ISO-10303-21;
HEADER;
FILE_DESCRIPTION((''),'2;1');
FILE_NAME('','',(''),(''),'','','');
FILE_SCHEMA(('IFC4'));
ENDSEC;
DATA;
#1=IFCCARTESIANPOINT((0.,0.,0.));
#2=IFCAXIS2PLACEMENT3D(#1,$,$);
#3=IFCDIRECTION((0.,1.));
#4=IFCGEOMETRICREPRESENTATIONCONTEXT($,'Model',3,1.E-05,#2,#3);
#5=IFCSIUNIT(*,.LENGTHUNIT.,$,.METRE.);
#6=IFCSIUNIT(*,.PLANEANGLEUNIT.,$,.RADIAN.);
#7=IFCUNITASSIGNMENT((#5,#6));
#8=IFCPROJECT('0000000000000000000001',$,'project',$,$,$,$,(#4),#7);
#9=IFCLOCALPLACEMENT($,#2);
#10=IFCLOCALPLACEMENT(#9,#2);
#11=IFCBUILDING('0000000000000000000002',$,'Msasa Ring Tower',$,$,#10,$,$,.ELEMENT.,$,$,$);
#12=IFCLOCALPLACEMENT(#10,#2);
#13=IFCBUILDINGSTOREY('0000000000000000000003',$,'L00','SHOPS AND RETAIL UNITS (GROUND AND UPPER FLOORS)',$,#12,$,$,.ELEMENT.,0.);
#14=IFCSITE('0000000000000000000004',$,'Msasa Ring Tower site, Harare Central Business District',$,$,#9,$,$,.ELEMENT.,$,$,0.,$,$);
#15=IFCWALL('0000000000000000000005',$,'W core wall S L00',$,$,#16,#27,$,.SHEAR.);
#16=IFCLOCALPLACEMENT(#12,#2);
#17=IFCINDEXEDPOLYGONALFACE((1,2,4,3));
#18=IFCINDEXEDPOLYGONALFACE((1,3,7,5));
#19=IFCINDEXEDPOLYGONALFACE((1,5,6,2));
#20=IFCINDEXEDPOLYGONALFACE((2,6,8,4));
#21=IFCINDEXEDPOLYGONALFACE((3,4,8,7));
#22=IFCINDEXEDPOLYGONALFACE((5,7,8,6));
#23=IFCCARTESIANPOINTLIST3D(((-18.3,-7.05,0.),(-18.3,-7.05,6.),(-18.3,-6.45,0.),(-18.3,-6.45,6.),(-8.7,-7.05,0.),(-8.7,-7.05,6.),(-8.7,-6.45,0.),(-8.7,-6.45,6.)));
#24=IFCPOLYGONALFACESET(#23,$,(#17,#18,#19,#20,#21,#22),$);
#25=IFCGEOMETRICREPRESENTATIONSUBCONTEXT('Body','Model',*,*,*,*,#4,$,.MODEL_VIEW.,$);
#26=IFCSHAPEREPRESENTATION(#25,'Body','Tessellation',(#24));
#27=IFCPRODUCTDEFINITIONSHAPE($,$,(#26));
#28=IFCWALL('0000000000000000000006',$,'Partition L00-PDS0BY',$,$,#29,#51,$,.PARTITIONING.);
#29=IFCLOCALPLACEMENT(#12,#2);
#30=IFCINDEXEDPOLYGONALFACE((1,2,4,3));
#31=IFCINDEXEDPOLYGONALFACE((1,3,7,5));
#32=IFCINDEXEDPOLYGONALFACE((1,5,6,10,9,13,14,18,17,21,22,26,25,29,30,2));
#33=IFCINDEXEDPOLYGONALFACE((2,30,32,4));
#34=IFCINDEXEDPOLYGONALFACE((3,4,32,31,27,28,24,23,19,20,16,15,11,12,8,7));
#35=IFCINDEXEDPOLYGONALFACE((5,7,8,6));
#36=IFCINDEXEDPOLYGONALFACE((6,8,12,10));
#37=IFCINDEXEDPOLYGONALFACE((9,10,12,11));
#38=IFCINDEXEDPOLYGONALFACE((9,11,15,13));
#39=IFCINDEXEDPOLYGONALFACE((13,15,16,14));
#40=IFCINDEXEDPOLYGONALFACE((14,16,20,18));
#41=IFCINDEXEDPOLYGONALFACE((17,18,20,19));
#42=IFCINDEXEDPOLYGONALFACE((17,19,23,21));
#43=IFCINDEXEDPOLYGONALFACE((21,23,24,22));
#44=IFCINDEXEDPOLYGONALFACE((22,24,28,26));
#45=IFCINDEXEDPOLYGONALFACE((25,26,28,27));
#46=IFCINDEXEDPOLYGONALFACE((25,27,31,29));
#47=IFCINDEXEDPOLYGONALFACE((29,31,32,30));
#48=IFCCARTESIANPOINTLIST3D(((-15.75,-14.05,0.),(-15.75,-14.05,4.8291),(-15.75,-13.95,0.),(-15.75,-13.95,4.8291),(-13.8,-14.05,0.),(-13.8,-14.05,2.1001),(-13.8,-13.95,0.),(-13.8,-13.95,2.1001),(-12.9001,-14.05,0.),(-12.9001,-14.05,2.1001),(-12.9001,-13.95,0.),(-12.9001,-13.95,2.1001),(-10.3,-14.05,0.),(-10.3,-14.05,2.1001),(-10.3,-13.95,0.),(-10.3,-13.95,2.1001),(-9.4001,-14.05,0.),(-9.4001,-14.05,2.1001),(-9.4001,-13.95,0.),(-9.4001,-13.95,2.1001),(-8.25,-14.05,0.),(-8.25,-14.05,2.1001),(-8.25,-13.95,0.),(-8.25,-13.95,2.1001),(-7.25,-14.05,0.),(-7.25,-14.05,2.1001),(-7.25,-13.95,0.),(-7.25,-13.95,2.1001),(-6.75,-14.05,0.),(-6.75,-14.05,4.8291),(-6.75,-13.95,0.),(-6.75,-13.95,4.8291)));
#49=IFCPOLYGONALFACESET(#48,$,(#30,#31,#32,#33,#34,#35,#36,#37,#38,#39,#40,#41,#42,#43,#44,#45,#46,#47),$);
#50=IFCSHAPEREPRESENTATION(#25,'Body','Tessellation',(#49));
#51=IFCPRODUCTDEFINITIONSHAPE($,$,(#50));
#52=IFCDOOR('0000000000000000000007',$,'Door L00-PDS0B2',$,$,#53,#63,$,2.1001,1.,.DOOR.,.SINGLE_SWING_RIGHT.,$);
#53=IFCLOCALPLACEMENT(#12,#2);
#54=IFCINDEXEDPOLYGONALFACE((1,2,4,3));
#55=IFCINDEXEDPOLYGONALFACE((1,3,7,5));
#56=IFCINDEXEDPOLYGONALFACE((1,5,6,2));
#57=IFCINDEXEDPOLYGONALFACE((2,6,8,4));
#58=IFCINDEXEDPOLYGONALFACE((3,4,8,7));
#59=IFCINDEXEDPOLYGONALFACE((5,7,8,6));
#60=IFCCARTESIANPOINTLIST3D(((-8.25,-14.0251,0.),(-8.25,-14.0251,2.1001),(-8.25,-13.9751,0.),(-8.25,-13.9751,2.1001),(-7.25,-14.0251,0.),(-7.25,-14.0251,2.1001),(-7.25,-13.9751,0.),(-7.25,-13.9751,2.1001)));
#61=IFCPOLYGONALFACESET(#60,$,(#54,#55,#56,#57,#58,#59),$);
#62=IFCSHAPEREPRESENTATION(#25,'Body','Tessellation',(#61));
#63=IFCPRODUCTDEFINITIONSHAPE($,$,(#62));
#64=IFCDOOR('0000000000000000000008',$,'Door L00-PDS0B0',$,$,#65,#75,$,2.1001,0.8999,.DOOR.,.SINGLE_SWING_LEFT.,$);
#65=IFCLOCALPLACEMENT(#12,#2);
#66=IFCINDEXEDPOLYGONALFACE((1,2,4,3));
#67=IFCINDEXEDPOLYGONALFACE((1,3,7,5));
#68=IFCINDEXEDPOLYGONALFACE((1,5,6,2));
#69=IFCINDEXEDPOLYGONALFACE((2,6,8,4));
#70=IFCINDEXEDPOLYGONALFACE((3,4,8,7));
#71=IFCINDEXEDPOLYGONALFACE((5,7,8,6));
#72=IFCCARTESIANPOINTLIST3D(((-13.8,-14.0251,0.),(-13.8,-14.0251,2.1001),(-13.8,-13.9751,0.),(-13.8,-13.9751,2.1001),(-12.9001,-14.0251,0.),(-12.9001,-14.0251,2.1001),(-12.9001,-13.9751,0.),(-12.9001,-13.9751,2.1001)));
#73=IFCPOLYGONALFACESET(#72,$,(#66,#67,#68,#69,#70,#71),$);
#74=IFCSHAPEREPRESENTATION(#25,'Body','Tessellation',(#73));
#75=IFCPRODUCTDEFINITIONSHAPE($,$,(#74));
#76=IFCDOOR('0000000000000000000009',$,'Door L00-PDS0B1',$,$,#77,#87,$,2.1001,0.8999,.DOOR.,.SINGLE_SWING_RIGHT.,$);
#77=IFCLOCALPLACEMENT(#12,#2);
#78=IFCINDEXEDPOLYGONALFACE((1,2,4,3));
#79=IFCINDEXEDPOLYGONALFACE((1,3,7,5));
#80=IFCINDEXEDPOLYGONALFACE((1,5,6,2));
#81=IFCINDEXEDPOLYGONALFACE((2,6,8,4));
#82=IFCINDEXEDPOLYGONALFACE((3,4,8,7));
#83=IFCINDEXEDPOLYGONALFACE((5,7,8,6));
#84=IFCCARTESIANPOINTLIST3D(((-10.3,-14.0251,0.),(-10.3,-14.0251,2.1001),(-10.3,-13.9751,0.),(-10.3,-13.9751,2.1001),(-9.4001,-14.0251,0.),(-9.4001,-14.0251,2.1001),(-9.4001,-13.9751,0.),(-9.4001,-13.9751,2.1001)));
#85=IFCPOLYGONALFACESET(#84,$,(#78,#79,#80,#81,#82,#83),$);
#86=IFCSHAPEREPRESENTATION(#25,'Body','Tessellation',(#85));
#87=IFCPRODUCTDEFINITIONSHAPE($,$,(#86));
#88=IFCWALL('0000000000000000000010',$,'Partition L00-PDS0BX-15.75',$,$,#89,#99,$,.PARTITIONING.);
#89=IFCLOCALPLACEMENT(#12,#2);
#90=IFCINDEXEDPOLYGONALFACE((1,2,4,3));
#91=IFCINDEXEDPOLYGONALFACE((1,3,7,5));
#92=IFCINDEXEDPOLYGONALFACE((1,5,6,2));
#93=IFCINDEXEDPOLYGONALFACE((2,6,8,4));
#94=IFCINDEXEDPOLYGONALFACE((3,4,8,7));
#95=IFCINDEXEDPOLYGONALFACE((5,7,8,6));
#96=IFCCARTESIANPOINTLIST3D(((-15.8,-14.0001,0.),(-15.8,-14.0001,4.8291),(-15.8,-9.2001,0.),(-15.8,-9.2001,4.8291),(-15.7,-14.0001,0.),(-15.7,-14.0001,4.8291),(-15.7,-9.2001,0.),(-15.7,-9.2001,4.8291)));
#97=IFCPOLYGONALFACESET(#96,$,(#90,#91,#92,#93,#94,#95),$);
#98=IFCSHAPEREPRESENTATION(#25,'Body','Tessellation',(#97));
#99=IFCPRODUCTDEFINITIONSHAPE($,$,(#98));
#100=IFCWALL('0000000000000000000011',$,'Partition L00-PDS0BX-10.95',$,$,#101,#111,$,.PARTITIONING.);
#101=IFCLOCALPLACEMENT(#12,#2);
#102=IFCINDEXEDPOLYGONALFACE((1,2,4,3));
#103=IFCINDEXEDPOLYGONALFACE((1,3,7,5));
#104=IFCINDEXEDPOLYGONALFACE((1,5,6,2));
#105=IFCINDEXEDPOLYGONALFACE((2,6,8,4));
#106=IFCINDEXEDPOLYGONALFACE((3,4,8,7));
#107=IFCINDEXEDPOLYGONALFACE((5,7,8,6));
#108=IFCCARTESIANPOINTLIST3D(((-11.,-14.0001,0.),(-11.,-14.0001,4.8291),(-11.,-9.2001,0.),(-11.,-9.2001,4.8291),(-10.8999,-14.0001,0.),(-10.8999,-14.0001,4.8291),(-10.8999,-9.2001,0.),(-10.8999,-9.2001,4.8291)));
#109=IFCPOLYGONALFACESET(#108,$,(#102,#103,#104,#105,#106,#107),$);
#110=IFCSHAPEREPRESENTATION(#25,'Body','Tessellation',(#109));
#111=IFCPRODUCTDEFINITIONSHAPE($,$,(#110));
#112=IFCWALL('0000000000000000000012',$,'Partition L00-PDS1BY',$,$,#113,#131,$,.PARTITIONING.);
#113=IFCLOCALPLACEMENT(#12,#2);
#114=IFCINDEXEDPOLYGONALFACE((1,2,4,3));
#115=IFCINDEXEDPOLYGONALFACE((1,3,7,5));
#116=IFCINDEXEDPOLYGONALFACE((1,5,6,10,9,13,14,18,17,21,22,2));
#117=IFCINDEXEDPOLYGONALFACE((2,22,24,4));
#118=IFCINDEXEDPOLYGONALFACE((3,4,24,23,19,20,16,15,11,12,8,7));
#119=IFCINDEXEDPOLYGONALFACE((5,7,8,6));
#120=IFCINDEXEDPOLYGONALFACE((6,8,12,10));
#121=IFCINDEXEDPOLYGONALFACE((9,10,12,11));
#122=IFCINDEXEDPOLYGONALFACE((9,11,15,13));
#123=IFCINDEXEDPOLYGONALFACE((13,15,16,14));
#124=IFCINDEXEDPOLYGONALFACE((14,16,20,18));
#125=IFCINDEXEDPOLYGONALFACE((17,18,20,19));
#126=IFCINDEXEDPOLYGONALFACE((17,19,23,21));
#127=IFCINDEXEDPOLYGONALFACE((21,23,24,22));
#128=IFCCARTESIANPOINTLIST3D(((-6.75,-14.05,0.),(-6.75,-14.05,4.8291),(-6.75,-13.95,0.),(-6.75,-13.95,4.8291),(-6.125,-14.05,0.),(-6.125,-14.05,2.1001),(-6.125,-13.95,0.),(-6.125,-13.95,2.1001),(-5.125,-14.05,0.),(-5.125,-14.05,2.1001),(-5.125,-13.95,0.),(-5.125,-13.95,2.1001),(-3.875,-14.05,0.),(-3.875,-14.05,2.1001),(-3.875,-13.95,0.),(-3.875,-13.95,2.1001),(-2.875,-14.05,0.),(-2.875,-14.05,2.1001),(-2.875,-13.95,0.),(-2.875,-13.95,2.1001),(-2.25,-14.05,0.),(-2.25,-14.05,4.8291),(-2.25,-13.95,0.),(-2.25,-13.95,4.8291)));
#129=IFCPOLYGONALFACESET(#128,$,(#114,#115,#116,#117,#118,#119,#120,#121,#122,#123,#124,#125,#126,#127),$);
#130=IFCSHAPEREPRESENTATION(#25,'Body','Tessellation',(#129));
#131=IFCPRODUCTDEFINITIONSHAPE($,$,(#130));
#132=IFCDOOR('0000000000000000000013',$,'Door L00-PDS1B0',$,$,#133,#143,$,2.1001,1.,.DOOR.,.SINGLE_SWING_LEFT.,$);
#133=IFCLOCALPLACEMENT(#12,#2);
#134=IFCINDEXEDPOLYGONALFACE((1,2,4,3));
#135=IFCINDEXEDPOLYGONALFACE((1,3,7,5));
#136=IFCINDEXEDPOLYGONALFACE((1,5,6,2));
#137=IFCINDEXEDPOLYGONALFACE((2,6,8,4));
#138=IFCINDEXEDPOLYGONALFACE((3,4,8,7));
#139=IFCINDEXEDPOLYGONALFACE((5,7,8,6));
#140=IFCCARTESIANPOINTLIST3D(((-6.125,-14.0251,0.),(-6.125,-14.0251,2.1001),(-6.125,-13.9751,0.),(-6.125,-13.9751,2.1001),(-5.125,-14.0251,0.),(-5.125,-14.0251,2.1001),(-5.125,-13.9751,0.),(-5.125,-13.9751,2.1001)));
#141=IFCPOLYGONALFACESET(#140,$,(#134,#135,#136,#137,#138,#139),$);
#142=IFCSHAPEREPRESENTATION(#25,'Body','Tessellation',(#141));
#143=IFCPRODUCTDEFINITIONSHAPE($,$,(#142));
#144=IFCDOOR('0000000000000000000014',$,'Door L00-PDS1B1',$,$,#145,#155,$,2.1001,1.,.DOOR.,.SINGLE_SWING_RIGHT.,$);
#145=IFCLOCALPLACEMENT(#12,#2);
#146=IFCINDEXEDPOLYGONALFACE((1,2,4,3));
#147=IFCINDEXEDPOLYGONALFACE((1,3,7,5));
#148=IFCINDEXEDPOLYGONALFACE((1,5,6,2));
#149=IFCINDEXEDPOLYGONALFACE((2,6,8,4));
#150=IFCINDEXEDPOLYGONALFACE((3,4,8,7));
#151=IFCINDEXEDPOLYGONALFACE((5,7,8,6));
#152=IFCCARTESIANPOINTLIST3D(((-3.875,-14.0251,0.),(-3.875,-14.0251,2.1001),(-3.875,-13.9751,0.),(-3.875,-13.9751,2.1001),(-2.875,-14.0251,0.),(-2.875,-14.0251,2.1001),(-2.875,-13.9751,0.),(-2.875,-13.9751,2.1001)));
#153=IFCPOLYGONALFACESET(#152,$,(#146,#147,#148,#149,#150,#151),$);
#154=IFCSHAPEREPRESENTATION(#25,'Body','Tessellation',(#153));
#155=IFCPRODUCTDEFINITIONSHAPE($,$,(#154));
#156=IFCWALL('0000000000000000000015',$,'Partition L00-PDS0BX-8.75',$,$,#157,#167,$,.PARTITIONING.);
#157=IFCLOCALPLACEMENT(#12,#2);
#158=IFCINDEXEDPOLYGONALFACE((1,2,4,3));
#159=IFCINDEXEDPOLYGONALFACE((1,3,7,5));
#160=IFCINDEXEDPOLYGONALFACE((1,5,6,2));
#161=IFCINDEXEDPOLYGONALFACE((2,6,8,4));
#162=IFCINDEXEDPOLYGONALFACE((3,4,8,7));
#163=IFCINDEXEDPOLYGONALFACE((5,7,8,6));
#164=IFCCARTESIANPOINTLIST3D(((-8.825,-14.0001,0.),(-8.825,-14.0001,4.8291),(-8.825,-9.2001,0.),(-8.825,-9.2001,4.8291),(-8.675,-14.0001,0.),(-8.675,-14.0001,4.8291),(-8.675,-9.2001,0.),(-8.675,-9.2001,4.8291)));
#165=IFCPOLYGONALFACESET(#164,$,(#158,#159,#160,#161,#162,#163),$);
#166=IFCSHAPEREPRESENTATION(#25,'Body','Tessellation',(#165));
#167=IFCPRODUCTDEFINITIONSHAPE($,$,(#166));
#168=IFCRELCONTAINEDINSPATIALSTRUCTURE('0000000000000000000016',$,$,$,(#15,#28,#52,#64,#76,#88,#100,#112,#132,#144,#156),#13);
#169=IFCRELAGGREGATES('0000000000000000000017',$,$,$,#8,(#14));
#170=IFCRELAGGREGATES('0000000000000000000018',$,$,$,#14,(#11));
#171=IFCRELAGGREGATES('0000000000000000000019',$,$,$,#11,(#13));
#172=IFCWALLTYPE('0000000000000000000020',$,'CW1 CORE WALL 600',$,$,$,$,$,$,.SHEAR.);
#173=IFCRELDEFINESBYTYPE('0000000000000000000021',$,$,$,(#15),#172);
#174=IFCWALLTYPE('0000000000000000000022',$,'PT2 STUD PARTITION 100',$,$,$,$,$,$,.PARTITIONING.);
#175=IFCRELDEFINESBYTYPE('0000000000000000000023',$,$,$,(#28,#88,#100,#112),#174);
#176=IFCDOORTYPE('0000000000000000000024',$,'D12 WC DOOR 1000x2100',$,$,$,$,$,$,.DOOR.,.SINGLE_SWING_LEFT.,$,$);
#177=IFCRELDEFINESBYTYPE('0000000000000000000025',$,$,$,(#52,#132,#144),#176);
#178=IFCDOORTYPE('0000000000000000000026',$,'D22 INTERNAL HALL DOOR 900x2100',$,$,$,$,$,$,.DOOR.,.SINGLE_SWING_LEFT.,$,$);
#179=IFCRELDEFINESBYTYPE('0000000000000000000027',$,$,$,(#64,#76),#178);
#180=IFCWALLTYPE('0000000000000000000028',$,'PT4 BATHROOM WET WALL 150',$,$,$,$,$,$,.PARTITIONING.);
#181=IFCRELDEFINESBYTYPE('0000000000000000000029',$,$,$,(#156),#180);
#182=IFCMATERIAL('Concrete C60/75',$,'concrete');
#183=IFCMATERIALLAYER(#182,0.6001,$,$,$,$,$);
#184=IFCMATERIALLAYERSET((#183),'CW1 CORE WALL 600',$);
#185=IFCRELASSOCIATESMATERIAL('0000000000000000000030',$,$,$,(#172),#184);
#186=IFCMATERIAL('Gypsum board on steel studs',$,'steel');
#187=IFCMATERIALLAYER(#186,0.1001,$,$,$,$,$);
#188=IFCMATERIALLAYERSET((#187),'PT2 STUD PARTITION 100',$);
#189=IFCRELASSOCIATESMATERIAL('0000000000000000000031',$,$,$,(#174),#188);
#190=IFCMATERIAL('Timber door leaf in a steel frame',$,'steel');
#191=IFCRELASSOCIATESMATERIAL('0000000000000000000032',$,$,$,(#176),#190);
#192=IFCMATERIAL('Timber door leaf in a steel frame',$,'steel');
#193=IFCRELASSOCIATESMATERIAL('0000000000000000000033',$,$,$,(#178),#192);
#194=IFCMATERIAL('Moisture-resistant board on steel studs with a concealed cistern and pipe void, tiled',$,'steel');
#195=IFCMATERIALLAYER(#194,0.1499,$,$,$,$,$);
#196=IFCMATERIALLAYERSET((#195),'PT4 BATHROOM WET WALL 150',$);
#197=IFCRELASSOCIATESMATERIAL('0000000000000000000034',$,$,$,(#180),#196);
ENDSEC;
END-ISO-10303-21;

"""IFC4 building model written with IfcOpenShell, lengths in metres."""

from ifc_helpers import new_model, si_unit, direction, frame, frame_2d, origin, place, context, subcontext, project, spatial, rectangle, extrude, material, layer, layer_set, type_object, element, fill, save


model = new_model("IFC4")

# Units and contexts
model_context = context("Model", 3, precision=1e-05, world=origin(), true_north=direction((0.0, 1.0)))
body_context = subcontext(model_context, "Body", "Model", "MODEL_VIEW")
ifc_project = project(units=[si_unit("LENGTHUNIT", "METRE"), si_unit("PLANEANGLEUNIT", "RADIAN")], contexts=[model_context])

# Site, building, storey
site_placement = place(None, origin())
site = spatial("IfcSite", under=ifc_project, at=site_placement, Name="Msasa Ring Tower site, Harare Central Business District", CompositionType="ELEMENT", RefElevation=0.0)
building_placement = place(site_placement, origin())
building = spatial("IfcBuilding", under=site, at=building_placement, Name="Msasa Ring Tower", CompositionType="ELEMENT")
storey_placement = place(building_placement, origin())
storey = spatial("IfcBuildingStorey", under=building, at=storey_placement, Name="L00", Description="SHOPS AND RETAIL UNITS (GROUND AND UPPER FLOORS)", CompositionType="ELEMENT", Elevation=0.0)

# Wall
ifc_material_1 = material(Name="Concrete C60/75", Category="concrete")
ifc_layer_1 = layer(ifc_material_1, 0.6001)
ifc_layer_set_1 = layer_set([ifc_layer_1], Name="CW1 CORE WALL 600")
wall_type_1 = type_object("IfcWallType", Name="CW1 CORE WALL 600", PredefinedType="SHEAR", material=ifc_layer_set_1)
wall_1_placement = place(storey_placement, frame((-8.7, -6.75, 0.0), z_axis=(0.0, 0.0, 1.0), x_axis=(-1.0, 0.0, 0.0)))
element("IfcWall", 1, at=wall_1_placement, inside=storey, type_object=wall_type_1, Name="W core wall S L00", PredefinedType="SHEAR", context=body_context, shape_type="SweptSolid", body=[
    extrude(rectangle(XDim=9.6001, YDim=0.6001, at=frame_2d((4.8, 0.0))), origin(), (0.0, 0.0, 1.0), 6.0),
])

# Wall, openings, doors
ifc_material_2 = material(Name="Gypsum board on steel studs", Category="steel")
ifc_layer_2 = layer(ifc_material_2, 0.1001)
ifc_layer_set_2 = layer_set([ifc_layer_2], Name="PT2 STUD PARTITION 100")
wall_type_2 = type_object("IfcWallType", Name="PT2 STUD PARTITION 100", PredefinedType="PARTITIONING", material=ifc_layer_set_2)
wall_2_placement = place(storey_placement, frame((-15.75, -14.0, 0.0), z_axis=(0.0, 0.0, 1.0), x_axis=(1.0, 0.0, 0.0)))
wall_2 = element("IfcWall", 2, at=wall_2_placement, inside=storey, type_object=wall_type_2, Name="Partition L00-PDS0BY", PredefinedType="PARTITIONING", context=body_context, shape_type="SweptSolid", body=[
    extrude(rectangle(XDim=9.0, YDim=0.1001, at=frame_2d((4.5, 0.0))), origin(), (0.0, 0.0, 1.0), 4.8291),
])
opening_1_placement = place(wall_2_placement, frame((1.95, 0.0, 0.0)))
opening_1 = element("IfcOpeningElement", 3, at=opening_1_placement, cuts=wall_2, PredefinedType="OPENING", context=body_context, shape_type="SweptSolid", body=[
    extrude(rectangle(XDim=0.8999, YDim=2.1001, at=frame_2d((0.45, 1.05))), frame((0.0, 0.0601, 0.0), z_axis=(0.0, -1.0, 0.0), x_axis=(1.0, 0.0, 0.0)), (0.0, 0.0, 1.0), 0.1201),
])
opening_2_placement = place(wall_2_placement, frame((5.45, 0.0, 0.0)))
opening_2 = element("IfcOpeningElement", 4, at=opening_2_placement, cuts=wall_2, PredefinedType="OPENING", context=body_context, shape_type="SweptSolid", body=[
    extrude(rectangle(XDim=0.8999, YDim=2.1001, at=frame_2d((0.45, 1.05))), frame((0.0, 0.0601, 0.0), z_axis=(0.0, -1.0, 0.0), x_axis=(1.0, 0.0, 0.0)), (0.0, 0.0, 1.0), 0.1201),
])
opening_3_placement = place(wall_2_placement, frame((7.5, 0.0, 0.0)))
opening_3 = element("IfcOpeningElement", 5, at=opening_3_placement, cuts=wall_2, PredefinedType="OPENING", context=body_context, shape_type="SweptSolid", body=[
    extrude(rectangle(XDim=1.0, YDim=2.1001, at=frame_2d((0.5, 1.05))), frame((0.0, 0.0601, 0.0), z_axis=(0.0, -1.0, 0.0), x_axis=(1.0, 0.0, 0.0)), (0.0, 0.0, 1.0), 0.1201),
])
ifc_material_3 = material(Name="Timber door leaf in a steel frame", Category="steel")
door_type_1 = type_object("IfcDoorType", Name="D12 WC DOOR 1000x2100", OperationType="SINGLE_SWING_LEFT", PredefinedType="DOOR", material=ifc_material_3)
door_1_placement = place(opening_3_placement, origin())
door_1 = element("IfcDoor", 6, at=door_1_placement, inside=storey, type_object=door_type_1, Name="Door L00-PDS0B2", OperationType="SINGLE_SWING_RIGHT", OverallHeight=2.1001, OverallWidth=1.0, PredefinedType="DOOR", context=body_context, shape_type="SweptSolid", body=[
    extrude(rectangle(XDim=1.0, YDim=2.1001, at=frame_2d((0.5, 1.05))), frame((0.0, 0.0249, 0.0), z_axis=(0.0, -1.0, 0.0), x_axis=(1.0, 0.0, 0.0)), (0.0, 0.0, 1.0), 0.05),
])
fill(opening_3, door_1)
ifc_material_4 = material(Name="Timber door leaf in a steel frame", Category="steel")
door_type_2 = type_object("IfcDoorType", Name="D22 INTERNAL HALL DOOR 900x2100", OperationType="SINGLE_SWING_LEFT", PredefinedType="DOOR", material=ifc_material_4)
door_2_placement = place(opening_1_placement, origin())
door_2 = element("IfcDoor", 7, at=door_2_placement, inside=storey, type_object=door_type_2, Name="Door L00-PDS0B0", OperationType="SINGLE_SWING_LEFT", OverallHeight=2.1001, OverallWidth=0.8999, PredefinedType="DOOR", context=body_context, shape_type="SweptSolid", body=[
    extrude(rectangle(XDim=0.8999, YDim=2.1001, at=frame_2d((0.45, 1.05))), frame((0.0, 0.0249, 0.0), z_axis=(0.0, -1.0, 0.0), x_axis=(1.0, 0.0, 0.0)), (0.0, 0.0, 1.0), 0.05),
])
fill(opening_1, door_2)
door_3_placement = place(opening_2_placement, origin())
door_3 = element("IfcDoor", 8, at=door_3_placement, inside=storey, type_object=door_type_2, Name="Door L00-PDS0B1", OperationType="SINGLE_SWING_RIGHT", OverallHeight=2.1001, OverallWidth=0.8999, PredefinedType="DOOR", context=body_context, shape_type="SweptSolid", body=[
    extrude(rectangle(XDim=0.8999, YDim=2.1001, at=frame_2d((0.45, 1.05))), frame((0.0, 0.0249, 0.0), z_axis=(0.0, -1.0, 0.0), x_axis=(1.0, 0.0, 0.0)), (0.0, 0.0, 1.0), 0.05),
])
fill(opening_2, door_3)

# Walls
for number, where, z_axis, x_axis, name in (
    (9, (-15.75, -14.0, 0.0), (0.0, 0.0, 1.0), (0.0, 1.0, 0.0), "Partition L00-PDS0BX-15.75"),
    (10, (-10.95, -14.0, 0.0), (0.0, 0.0, 1.0), (0.0, 1.0, 0.0), "Partition L00-PDS0BX-10.95"),
):
    element("IfcWall", number, at=place(storey_placement, frame(where, z_axis=z_axis, x_axis=x_axis)), inside=storey, type_object=wall_type_2, Name=name, PredefinedType="PARTITIONING", context=body_context, shape_type="SweptSolid", body=[
        extrude(rectangle(XDim=4.8, YDim=0.1001, at=frame_2d((2.3999, 0.0))), origin(), (0.0, 0.0, 1.0), 4.8291),
    ])

# Wall, openings, doors
wall_3_placement = place(storey_placement, frame((-6.75, -14.0, 0.0), z_axis=(0.0, 0.0, 1.0), x_axis=(1.0, 0.0, 0.0)))
wall_3 = element("IfcWall", 11, at=wall_3_placement, inside=storey, type_object=wall_type_2, Name="Partition L00-PDS1BY", PredefinedType="PARTITIONING", context=body_context, shape_type="SweptSolid", body=[
    extrude(rectangle(XDim=4.5, YDim=0.1001, at=frame_2d((2.25, 0.0))), origin(), (0.0, 0.0, 1.0), 4.8291),
])
opening_4_placement = place(wall_3_placement, frame((0.625, 0.0, 0.0)))
opening_4 = element("IfcOpeningElement", 12, at=opening_4_placement, cuts=wall_3, PredefinedType="OPENING", context=body_context, shape_type="SweptSolid", body=[
    extrude(rectangle(XDim=1.0, YDim=2.1001, at=frame_2d((0.5, 1.05))), frame((0.0, 0.0601, 0.0), z_axis=(0.0, -1.0, 0.0), x_axis=(1.0, 0.0, 0.0)), (0.0, 0.0, 1.0), 0.1201),
])
opening_5_placement = place(wall_3_placement, frame((2.875, 0.0, 0.0)))
opening_5 = element("IfcOpeningElement", 13, at=opening_5_placement, cuts=wall_3, PredefinedType="OPENING", context=body_context, shape_type="SweptSolid", body=[
    extrude(rectangle(XDim=1.0, YDim=2.1001, at=frame_2d((0.5, 1.05))), frame((0.0, 0.0601, 0.0), z_axis=(0.0, -1.0, 0.0), x_axis=(1.0, 0.0, 0.0)), (0.0, 0.0, 1.0), 0.1201),
])
door_4_placement = place(opening_4_placement, origin())
door_4 = element("IfcDoor", 14, at=door_4_placement, inside=storey, type_object=door_type_1, Name="Door L00-PDS1B0", OperationType="SINGLE_SWING_LEFT", OverallHeight=2.1001, OverallWidth=1.0, PredefinedType="DOOR", context=body_context, shape_type="SweptSolid", body=[
    extrude(rectangle(XDim=1.0, YDim=2.1001, at=frame_2d((0.5, 1.05))), frame((0.0, 0.0249, 0.0), z_axis=(0.0, -1.0, 0.0), x_axis=(1.0, 0.0, 0.0)), (0.0, 0.0, 1.0), 0.05),
])
fill(opening_4, door_4)
door_5_placement = place(opening_5_placement, origin())
door_5 = element("IfcDoor", 15, at=door_5_placement, inside=storey, type_object=door_type_1, Name="Door L00-PDS1B1", OperationType="SINGLE_SWING_RIGHT", OverallHeight=2.1001, OverallWidth=1.0, PredefinedType="DOOR", context=body_context, shape_type="SweptSolid", body=[
    extrude(rectangle(XDim=1.0, YDim=2.1001, at=frame_2d((0.5, 1.05))), frame((0.0, 0.0249, 0.0), z_axis=(0.0, -1.0, 0.0), x_axis=(1.0, 0.0, 0.0)), (0.0, 0.0, 1.0), 0.05),
])
fill(opening_5, door_5)

# Wall
ifc_material_5 = material(Name="Moisture-resistant board on steel studs with a concealed cistern and pipe void, tiled", Category="steel")
ifc_layer_3 = layer(ifc_material_5, 0.1499)
ifc_layer_set_3 = layer_set([ifc_layer_3], Name="PT4 BATHROOM WET WALL 150")
wall_type_3 = type_object("IfcWallType", Name="PT4 BATHROOM WET WALL 150", PredefinedType="PARTITIONING", material=ifc_layer_set_3)
for number, where, z_axis, x_axis, name in (
    (16, (-8.75, -14.0, 0.0), (0.0, 0.0, 1.0), (0.0, 1.0, 0.0), "Partition L00-PDS0BX-8.75"),
):
    element("IfcWall", number, at=place(storey_placement, frame(where, z_axis=z_axis, x_axis=x_axis)), inside=storey, type_object=wall_type_3, Name=name, PredefinedType="PARTITIONING", context=body_context, shape_type="SweptSolid", body=[
        extrude(rectangle(XDim=4.8, YDim=0.1499, at=frame_2d((2.3999, 0.0))), origin(), (0.0, 0.0, 1.0), 4.8291),
    ])

save(model, "model.ifc")
